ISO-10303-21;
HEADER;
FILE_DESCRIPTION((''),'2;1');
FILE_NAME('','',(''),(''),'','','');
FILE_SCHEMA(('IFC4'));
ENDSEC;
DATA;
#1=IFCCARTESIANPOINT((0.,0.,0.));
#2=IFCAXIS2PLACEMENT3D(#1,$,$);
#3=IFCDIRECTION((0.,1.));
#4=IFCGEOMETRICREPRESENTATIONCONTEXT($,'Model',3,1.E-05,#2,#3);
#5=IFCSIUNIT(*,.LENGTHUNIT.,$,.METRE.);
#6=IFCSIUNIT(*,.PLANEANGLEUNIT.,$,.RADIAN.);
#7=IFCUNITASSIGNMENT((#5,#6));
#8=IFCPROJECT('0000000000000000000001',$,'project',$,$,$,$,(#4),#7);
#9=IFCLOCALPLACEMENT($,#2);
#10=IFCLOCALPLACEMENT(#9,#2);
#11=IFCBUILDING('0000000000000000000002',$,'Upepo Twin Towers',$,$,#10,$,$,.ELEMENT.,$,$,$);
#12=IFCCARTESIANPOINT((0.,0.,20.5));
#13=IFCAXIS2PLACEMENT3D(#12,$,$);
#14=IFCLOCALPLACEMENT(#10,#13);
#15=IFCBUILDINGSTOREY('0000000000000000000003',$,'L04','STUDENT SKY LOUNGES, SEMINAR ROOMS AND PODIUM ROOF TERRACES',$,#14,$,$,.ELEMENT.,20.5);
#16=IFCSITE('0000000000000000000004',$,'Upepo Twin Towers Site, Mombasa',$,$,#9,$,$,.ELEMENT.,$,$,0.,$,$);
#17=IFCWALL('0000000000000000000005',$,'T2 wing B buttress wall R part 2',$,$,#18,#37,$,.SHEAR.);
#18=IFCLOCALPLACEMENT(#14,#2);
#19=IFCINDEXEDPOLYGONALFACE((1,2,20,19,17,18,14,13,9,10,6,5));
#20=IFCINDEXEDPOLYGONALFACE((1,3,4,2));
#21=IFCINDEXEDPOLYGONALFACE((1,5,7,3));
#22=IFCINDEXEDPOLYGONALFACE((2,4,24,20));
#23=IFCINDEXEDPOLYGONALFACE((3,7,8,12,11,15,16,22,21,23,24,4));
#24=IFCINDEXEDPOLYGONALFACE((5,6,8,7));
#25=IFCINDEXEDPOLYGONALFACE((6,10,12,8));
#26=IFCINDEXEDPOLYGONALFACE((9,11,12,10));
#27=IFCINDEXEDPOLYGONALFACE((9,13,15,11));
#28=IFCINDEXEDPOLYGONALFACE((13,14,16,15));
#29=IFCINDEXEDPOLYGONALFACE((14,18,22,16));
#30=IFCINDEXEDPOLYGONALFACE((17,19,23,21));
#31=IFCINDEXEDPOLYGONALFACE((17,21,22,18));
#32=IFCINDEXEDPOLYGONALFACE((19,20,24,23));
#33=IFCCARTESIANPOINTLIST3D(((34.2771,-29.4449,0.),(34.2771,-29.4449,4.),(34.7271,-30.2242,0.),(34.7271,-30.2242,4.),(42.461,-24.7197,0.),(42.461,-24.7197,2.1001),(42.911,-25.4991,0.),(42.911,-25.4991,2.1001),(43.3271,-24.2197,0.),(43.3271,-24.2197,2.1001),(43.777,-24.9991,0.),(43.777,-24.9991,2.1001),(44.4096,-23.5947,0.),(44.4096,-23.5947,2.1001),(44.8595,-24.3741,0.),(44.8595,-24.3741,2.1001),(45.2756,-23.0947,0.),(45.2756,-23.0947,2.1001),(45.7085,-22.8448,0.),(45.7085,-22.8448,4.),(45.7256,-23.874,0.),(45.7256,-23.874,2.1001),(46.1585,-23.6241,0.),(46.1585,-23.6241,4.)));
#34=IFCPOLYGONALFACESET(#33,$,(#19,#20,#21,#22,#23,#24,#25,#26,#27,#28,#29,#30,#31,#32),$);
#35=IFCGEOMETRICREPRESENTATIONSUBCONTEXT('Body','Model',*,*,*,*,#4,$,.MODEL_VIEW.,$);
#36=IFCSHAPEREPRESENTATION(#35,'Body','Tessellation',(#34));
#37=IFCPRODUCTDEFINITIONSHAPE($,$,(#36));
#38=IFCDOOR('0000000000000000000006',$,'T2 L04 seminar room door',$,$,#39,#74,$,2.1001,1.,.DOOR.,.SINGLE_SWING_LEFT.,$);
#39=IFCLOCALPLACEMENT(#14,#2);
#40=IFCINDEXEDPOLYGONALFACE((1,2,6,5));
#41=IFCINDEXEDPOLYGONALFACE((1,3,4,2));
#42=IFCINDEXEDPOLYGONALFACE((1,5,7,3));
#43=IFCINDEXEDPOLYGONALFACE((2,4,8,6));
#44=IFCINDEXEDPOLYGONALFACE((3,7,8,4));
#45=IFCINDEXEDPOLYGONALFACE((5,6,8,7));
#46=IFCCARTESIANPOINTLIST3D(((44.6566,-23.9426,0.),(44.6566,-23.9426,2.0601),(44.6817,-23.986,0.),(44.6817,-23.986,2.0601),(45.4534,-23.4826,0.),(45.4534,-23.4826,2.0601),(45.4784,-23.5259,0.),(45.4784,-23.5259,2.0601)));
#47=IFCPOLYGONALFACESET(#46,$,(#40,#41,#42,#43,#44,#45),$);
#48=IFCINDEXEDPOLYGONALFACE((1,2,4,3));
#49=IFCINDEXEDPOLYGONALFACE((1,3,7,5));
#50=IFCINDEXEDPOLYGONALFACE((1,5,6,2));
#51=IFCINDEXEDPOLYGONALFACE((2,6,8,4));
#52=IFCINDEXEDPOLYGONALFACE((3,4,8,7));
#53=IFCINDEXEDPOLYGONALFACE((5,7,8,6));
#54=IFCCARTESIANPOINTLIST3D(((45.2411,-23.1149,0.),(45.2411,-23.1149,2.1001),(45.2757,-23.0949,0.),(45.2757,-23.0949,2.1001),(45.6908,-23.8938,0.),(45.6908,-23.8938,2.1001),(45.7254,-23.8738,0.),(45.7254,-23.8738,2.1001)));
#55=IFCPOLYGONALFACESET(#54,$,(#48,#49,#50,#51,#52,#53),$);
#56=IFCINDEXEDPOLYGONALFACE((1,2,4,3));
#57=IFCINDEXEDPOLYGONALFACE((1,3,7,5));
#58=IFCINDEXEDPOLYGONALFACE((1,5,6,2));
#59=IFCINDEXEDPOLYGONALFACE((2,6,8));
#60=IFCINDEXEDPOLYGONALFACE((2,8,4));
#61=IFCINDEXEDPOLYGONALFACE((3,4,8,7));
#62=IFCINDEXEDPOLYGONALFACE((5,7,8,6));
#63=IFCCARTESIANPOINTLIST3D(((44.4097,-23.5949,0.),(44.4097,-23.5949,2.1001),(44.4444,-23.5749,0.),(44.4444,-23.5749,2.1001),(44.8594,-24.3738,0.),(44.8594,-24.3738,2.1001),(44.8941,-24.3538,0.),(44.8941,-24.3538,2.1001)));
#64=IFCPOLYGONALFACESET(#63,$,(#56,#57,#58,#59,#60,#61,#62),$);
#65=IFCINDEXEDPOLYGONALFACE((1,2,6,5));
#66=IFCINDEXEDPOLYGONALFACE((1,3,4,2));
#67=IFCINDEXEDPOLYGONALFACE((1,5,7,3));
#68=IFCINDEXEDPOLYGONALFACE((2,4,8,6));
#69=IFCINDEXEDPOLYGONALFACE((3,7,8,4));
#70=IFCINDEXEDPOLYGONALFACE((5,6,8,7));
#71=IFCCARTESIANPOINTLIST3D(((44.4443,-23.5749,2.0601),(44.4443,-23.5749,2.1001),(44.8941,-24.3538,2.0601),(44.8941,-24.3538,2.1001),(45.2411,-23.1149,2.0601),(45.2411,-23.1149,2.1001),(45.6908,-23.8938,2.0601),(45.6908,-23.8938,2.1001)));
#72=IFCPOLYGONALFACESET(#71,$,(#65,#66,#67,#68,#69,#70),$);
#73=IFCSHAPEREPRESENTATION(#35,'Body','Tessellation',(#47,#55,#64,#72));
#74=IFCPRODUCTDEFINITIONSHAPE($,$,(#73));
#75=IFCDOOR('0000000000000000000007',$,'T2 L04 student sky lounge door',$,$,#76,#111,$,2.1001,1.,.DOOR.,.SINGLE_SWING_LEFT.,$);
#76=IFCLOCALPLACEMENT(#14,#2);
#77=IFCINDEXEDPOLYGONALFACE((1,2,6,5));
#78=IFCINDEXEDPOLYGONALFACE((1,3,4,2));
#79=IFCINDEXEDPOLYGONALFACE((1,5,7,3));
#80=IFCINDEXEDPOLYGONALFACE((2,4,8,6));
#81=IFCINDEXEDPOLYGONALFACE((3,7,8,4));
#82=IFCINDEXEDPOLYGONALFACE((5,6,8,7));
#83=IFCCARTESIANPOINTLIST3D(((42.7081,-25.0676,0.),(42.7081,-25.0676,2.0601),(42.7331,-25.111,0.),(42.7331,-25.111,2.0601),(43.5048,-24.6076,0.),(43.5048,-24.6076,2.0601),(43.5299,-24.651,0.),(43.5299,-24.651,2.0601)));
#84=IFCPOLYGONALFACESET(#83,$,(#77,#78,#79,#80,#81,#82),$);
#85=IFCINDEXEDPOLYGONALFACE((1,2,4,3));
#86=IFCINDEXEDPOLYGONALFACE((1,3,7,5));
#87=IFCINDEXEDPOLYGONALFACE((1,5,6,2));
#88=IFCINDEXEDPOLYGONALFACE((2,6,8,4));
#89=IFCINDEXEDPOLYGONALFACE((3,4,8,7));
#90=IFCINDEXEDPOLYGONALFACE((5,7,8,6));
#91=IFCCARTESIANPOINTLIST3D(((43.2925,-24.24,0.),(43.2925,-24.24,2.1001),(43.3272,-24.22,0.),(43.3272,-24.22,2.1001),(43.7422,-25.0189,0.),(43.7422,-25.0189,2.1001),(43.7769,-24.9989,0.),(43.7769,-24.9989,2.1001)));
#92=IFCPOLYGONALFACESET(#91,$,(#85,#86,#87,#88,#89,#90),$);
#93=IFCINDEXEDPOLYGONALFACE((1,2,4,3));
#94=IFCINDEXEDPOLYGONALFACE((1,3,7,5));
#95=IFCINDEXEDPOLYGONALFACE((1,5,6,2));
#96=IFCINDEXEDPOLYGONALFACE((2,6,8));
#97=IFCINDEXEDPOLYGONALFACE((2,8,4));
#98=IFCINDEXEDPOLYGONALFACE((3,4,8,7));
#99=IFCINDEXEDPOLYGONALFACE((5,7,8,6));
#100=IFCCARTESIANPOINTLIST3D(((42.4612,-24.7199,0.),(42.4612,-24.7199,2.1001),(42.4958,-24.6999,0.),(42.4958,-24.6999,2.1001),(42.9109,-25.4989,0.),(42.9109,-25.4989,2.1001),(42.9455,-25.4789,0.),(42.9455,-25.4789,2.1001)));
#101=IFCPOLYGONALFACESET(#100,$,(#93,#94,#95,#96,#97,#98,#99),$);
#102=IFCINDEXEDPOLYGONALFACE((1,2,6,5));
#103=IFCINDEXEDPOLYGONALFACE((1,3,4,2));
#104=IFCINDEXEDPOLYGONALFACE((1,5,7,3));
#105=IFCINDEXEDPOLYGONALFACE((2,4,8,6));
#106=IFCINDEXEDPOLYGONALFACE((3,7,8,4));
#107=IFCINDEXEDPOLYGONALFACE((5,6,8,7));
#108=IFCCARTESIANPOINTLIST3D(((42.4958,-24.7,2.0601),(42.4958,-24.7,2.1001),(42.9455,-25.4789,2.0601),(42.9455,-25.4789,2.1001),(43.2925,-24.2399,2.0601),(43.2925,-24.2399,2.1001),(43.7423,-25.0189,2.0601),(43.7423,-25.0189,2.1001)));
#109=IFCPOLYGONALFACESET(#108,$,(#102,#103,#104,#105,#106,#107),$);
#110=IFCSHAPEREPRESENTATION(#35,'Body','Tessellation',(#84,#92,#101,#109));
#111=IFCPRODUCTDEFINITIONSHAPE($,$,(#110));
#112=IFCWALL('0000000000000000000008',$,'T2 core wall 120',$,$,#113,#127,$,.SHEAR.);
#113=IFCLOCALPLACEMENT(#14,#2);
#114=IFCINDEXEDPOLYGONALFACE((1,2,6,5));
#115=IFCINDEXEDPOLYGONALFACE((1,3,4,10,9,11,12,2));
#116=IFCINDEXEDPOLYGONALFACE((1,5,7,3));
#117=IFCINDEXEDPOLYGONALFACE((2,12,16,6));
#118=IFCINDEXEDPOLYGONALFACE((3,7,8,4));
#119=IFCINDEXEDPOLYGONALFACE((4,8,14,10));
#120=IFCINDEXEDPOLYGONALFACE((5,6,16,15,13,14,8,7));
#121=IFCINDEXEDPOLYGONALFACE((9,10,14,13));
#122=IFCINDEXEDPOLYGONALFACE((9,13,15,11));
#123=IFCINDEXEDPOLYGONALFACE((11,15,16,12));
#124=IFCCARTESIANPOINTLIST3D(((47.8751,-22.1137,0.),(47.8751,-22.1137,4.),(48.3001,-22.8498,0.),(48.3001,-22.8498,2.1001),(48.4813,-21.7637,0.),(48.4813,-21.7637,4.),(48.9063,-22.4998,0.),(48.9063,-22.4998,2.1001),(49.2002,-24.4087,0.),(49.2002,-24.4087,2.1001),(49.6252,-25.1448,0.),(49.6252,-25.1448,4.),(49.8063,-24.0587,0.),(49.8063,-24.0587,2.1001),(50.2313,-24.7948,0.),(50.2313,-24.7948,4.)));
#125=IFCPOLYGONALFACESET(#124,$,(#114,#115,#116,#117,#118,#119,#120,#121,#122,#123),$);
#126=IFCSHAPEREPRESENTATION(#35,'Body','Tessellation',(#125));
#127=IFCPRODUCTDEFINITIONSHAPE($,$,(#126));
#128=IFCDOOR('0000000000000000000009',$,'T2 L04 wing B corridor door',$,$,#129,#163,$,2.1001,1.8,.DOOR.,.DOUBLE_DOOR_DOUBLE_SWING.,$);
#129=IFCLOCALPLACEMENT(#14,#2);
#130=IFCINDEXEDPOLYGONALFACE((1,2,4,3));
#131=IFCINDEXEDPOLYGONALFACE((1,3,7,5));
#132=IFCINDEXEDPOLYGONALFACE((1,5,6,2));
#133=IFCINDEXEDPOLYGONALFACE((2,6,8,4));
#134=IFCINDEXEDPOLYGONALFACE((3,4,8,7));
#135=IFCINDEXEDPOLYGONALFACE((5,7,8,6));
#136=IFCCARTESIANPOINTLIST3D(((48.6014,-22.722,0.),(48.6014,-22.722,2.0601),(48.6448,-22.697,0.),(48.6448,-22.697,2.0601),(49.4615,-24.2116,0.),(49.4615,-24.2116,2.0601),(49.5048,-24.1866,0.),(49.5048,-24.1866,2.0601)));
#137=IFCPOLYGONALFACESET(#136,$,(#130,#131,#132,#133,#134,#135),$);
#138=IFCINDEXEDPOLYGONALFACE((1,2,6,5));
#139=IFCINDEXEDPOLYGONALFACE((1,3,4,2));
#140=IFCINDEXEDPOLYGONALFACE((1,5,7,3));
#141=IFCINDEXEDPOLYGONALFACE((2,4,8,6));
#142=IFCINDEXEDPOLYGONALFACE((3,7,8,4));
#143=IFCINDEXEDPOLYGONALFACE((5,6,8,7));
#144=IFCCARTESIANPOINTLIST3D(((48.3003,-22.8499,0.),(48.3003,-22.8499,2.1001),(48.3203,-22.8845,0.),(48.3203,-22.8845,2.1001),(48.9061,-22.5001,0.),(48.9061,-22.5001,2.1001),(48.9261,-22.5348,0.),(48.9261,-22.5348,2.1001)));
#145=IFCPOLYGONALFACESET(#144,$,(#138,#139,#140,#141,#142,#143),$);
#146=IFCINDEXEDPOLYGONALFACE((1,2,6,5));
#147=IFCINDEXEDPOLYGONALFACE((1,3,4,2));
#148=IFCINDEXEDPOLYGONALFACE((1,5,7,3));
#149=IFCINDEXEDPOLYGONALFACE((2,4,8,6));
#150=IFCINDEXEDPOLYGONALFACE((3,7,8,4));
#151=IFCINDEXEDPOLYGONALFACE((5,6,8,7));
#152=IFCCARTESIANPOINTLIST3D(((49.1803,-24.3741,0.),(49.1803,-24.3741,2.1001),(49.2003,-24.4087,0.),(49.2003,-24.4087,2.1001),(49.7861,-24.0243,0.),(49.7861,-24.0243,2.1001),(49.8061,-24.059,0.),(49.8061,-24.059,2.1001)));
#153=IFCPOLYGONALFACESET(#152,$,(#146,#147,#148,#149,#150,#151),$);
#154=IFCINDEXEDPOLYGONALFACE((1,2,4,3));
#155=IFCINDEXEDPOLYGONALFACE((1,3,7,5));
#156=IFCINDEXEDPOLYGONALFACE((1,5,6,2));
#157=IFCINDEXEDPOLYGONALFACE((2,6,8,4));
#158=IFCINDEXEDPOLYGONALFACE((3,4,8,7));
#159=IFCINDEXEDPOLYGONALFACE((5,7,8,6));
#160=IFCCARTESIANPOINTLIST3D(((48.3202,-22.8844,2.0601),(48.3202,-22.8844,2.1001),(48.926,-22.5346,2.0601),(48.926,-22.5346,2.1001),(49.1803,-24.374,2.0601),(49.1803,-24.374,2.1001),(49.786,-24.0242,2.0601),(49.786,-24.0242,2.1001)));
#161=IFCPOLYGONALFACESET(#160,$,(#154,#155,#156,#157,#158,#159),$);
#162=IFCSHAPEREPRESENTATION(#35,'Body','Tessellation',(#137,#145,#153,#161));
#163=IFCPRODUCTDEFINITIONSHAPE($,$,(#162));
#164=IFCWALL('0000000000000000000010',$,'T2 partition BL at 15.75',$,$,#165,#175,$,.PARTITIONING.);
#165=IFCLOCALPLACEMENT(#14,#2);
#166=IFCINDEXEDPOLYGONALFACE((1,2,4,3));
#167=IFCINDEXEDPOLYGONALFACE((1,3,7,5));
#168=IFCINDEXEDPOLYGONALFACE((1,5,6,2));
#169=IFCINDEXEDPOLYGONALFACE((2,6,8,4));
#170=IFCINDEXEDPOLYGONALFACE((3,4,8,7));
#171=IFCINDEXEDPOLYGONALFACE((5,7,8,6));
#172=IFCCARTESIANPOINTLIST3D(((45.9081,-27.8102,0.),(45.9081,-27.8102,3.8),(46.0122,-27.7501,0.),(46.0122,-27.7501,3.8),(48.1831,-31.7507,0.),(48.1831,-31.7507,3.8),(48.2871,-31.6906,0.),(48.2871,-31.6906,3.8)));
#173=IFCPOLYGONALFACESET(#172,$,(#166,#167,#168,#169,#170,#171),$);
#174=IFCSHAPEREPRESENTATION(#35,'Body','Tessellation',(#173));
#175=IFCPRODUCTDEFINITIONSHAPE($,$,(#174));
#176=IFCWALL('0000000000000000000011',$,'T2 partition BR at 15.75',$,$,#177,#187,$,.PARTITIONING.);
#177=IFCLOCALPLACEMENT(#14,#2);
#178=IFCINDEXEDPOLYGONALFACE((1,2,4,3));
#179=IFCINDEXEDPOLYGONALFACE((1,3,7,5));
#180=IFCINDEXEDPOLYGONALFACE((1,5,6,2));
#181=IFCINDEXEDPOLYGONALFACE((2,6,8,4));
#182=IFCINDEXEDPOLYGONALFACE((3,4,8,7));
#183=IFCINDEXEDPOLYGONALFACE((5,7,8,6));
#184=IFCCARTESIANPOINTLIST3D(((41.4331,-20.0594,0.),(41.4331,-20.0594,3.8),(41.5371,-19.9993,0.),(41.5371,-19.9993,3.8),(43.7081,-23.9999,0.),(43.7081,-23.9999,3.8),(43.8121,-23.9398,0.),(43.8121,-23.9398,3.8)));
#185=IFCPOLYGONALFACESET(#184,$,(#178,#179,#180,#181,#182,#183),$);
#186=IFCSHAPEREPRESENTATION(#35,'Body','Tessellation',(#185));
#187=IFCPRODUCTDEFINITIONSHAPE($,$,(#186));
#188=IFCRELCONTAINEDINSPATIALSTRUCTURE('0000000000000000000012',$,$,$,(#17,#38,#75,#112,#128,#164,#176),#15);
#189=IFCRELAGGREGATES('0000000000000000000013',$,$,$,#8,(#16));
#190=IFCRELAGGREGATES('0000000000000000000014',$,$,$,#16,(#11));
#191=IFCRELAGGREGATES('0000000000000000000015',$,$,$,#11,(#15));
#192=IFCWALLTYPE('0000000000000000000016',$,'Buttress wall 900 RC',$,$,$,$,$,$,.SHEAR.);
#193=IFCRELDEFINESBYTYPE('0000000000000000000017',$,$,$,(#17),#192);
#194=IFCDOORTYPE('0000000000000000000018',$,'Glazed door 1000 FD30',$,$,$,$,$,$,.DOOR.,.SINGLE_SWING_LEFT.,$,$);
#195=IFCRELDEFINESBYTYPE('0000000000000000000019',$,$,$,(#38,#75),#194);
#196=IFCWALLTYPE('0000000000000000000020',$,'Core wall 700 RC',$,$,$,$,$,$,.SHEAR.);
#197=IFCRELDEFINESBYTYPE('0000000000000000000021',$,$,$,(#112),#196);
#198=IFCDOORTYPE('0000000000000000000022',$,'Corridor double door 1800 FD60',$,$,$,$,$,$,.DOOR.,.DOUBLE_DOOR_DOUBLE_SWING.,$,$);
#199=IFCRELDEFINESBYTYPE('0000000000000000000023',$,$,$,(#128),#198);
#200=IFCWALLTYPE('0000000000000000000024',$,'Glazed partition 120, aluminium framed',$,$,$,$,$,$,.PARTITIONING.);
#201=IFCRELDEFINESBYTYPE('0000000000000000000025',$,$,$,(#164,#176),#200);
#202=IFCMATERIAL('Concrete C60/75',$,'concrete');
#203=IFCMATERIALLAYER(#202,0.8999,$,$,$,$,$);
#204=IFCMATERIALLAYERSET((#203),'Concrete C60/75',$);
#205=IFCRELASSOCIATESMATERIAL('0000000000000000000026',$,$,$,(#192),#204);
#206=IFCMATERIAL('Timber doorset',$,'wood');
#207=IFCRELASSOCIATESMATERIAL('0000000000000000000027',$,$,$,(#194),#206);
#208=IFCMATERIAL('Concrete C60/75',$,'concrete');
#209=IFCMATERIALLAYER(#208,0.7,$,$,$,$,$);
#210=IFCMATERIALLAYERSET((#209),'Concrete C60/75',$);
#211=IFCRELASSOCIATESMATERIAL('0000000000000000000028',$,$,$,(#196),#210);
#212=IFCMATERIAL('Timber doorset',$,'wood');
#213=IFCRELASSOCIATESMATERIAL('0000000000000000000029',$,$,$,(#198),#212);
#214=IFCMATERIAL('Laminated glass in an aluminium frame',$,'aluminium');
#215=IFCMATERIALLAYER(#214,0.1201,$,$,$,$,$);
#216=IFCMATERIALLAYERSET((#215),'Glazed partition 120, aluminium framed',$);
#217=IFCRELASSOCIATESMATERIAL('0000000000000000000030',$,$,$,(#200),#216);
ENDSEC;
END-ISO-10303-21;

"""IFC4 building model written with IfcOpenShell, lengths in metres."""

from ifc_helpers import new_model, si_unit, direction, frame, frame_2d, origin, place, context, subcontext, project, spatial, rectangle, extrude, material, layer, layer_set, type_object, element, fill, save


model = new_model("IFC4")

# Units and contexts
model_context = context("Model", 3, precision=1e-05, world=origin(), true_north=direction((0.0, 1.0)))
body_context = subcontext(model_context, "Body", "Model", "MODEL_VIEW")
ifc_project = project(units=[si_unit("LENGTHUNIT", "METRE"), si_unit("PLANEANGLEUNIT", "RADIAN")], contexts=[model_context])

# Site, building, storey
site_placement = place(None, origin())
site = spatial("IfcSite", under=ifc_project, at=site_placement, Name="Upepo Twin Towers Site, Mombasa", CompositionType="ELEMENT", RefElevation=0.0)
building_placement = place(site_placement, origin())
building = spatial("IfcBuilding", under=site, at=building_placement, Name="Upepo Twin Towers", CompositionType="ELEMENT")
storey_placement = place(building_placement, frame((0.0, 0.0, 20.5)))
storey = spatial("IfcBuildingStorey", under=building, at=storey_placement, Name="L04", Description="STUDENT SKY LOUNGES, SEMINAR ROOMS AND PODIUM ROOF TERRACES", CompositionType="ELEMENT", Elevation=20.5)

# Wall, openings, doors
ifc_material_1 = material(Name="Concrete C60/75", Category="concrete")
ifc_layer_1 = layer(ifc_material_1, 0.8999)
ifc_layer_set_1 = layer_set([ifc_layer_1], Name="Concrete C60/75")
wall_type_1 = type_object("IfcWallType", Name="Buttress wall 900 RC", PredefinedType="SHEAR", material=ifc_layer_set_1)
ifc_material_2 = material(Name="Timber doorset", Category="wood")
door_type_1 = type_object("IfcDoorType", Name="Glazed door 1000 FD30", OperationType="SINGLE_SWING_LEFT", PredefinedType="DOOR", material=ifc_material_2)
wall_1_placement = place(storey_placement, frame((45.9336, -23.2344, 0.0), z_axis=(0.0, 0.0, 1.0), x_axis=(-0.86602, -0.50001, 0.0)))
wall_1 = element("IfcWall", 1, at=wall_1_placement, inside=storey, type_object=wall_type_1, Name="T2 wing B buttress wall R part 2", PredefinedType="SHEAR", context=body_context, shape_type="SweptSolid", body=[
    extrude(rectangle(XDim=13.2, YDim=0.8999, at=frame_2d((6.6001, 0.0))), origin(), (0.0, 0.0, 1.0), 4.0),
])
opening_1_placement = place(wall_1_placement, frame((0.5, 0.0, 0.0)))
opening_1 = element("IfcOpeningElement", 2, at=opening_1_placement, cuts=wall_1, PredefinedType="OPENING", context=body_context, shape_type="SweptSolid", body=[
    extrude(rectangle(XDim=1.0, YDim=2.1001, at=frame_2d((0.5, 1.05))), frame((0.0, 0.46, 0.0), z_axis=(0.0, -1.0, 0.0), x_axis=(1.0, 0.0, 0.0)), (0.0, 0.0, 1.0), 0.9199),
])
opening_2_placement = place(wall_1_placement, frame((2.75, 0.0, 0.0)))
opening_2 = element("IfcOpeningElement", 3, at=opening_2_placement, cuts=wall_1, PredefinedType="OPENING", context=body_context, shape_type="SweptSolid", body=[
    extrude(rectangle(XDim=1.0, YDim=2.1001, at=frame_2d((0.5, 1.05))), frame((0.0, 0.46, 0.0), z_axis=(0.0, -1.0, 0.0), x_axis=(1.0, 0.0, 0.0)), (0.0, 0.0, 1.0), 0.9199),
])
door_1_placement = place(opening_1_placement, origin())
door_1 = element("IfcDoor", 4, at=door_1_placement, inside=storey, type_object=door_type_1, Name="T2 L04 seminar room door", OperationType="SINGLE_SWING_LEFT", OverallHeight=2.1001, OverallWidth=1.0, PredefinedType="DOOR", context=body_context, shape_type="SweptSolid", body=[
    extrude(rectangle(XDim=0.92, YDim=2.0601, at=frame_2d((0.5, 1.03))), frame((0.0, 0.0249, 0.0), z_axis=(0.0, -1.0, 0.0), x_axis=(1.0, 0.0, 0.0)), (0.0, 0.0, 1.0), 0.05),
    extrude(rectangle(XDim=0.04, YDim=2.1001, at=frame_2d((0.02, 1.05))), frame((0.0, 0.4497, 0.0), z_axis=(0.0, -1.0, 0.0), x_axis=(1.0, 0.0, 0.0)), (0.0, 0.0, 1.0), 0.8994),
    extrude(rectangle(XDim=0.04, YDim=2.1001, at=frame_2d((0.98, 1.05))), frame((0.0, 0.4497, 0.0), z_axis=(0.0, -1.0, 0.0), x_axis=(1.0, 0.0, 0.0)), (0.0, 0.0, 1.0), 0.8994),
    extrude(rectangle(XDim=0.92, YDim=0.04, at=frame_2d((0.5, 2.0801))), frame((0.0, 0.4497, 0.0), z_axis=(0.0, -1.0, 0.0), x_axis=(1.0, 0.0, 0.0)), (0.0, 0.0, 1.0), 0.8994),
])
fill(opening_1, door_1)
door_2_placement = place(opening_2_placement, origin())
door_2 = element("IfcDoor", 5, at=door_2_placement, inside=storey, type_object=door_type_1, Name="T2 L04 student sky lounge door", OperationType="SINGLE_SWING_LEFT", OverallHeight=2.1001, OverallWidth=1.0, PredefinedType="DOOR", context=body_context, shape_type="SweptSolid", body=[
    extrude(rectangle(XDim=0.92, YDim=2.0601, at=frame_2d((0.5, 1.03))), frame((0.0, 0.0249, 0.0), z_axis=(0.0, -1.0, 0.0), x_axis=(1.0, 0.0, 0.0)), (0.0, 0.0, 1.0), 0.05),
    extrude(rectangle(XDim=0.04, YDim=2.1001, at=frame_2d((0.02, 1.05))), frame((0.0, 0.4497, 0.0), z_axis=(0.0, -1.0, 0.0), x_axis=(1.0, 0.0, 0.0)), (0.0, 0.0, 1.0), 0.8994),
    extrude(rectangle(XDim=0.04, YDim=2.1001, at=frame_2d((0.98, 1.05))), frame((0.0, 0.4497, 0.0), z_axis=(0.0, -1.0, 0.0), x_axis=(1.0, 0.0, 0.0)), (0.0, 0.0, 1.0), 0.8994),
    extrude(rectangle(XDim=0.92, YDim=0.04, at=frame_2d((0.5, 2.0801))), frame((0.0, 0.4497, 0.0), z_axis=(0.0, -1.0, 0.0), x_axis=(1.0, 0.0, 0.0)), (0.0, 0.0, 1.0), 0.8994),
])
fill(opening_2, door_2)

# Wall, opening, door
ifc_material_3 = material(Name="Concrete C60/75", Category="concrete")
ifc_layer_2 = layer(ifc_material_3, 0.7)
ifc_layer_set_2 = layer_set([ifc_layer_2], Name="Concrete C60/75")
wall_type_2 = type_object("IfcWallType", Name="Core wall 700 RC", PredefinedType="SHEAR", material=ifc_layer_set_2)
wall_2_placement = place(storey_placement, frame((48.1782, -21.9387, 0.0), z_axis=(0.0, 0.0, 1.0), x_axis=(0.50001, -0.866019, 0.0)))
wall_2 = element("IfcWall", 6, at=wall_2_placement, inside=storey, type_object=wall_type_2, Name="T2 core wall 120", PredefinedType="SHEAR", context=body_context, shape_type="SweptSolid", body=[
    extrude(rectangle(XDim=3.5, YDim=0.7, at=frame_2d((1.75, 0.0))), origin(), (0.0, 0.0, 1.0), 4.0),
])
opening_3_placement = place(wall_2_placement, frame((0.8501, 0.0, 0.0)))
opening_3 = element("IfcOpeningElement", 7, at=opening_3_placement, cuts=wall_2, PredefinedType="OPENING", context=body_context, shape_type="SweptSolid", body=[
    extrude(rectangle(XDim=1.8, YDim=2.1001, at=frame_2d((0.8999, 1.05))), frame((0.0, 0.3599, 0.0), z_axis=(0.0, -1.0, 0.0), x_axis=(1.0, 0.0, 0.0)), (0.0, 0.0, 1.0), 0.72),
])
ifc_material_4 = material(Name="Timber doorset", Category="wood")
door_type_2 = type_object("IfcDoorType", Name="Corridor double door 1800 FD60", OperationType="DOUBLE_DOOR_DOUBLE_SWING", PredefinedType="DOOR", material=ifc_material_4)
door_3_placement = place(opening_3_placement, origin())
door_3 = element("IfcDoor", 8, at=door_3_placement, inside=storey, type_object=door_type_2, Name="T2 L04 wing B corridor door", OperationType="DOUBLE_DOOR_DOUBLE_SWING", OverallHeight=2.1001, OverallWidth=1.8, PredefinedType="DOOR", context=body_context, shape_type="SweptSolid", body=[
    extrude(rectangle(XDim=1.72, YDim=2.0601, at=frame_2d((0.8999, 1.03))), frame((0.0, 0.0249, 0.0), z_axis=(0.0, -1.0, 0.0), x_axis=(1.0, 0.0, 0.0)), (0.0, 0.0, 1.0), 0.05),
    extrude(rectangle(XDim=0.04, YDim=2.1001, at=frame_2d((0.02, 1.05))), frame((0.0, 0.3496, 0.0), z_axis=(0.0, -1.0, 0.0), x_axis=(1.0, 0.0, 0.0)), (0.0, 0.0, 1.0), 0.6995),
    extrude(rectangle(XDim=0.04, YDim=2.1001, at=frame_2d((1.78, 1.05))), frame((0.0, 0.3496, 0.0), z_axis=(0.0, -1.0, 0.0), x_axis=(1.0, 0.0, 0.0)), (0.0, 0.0, 1.0), 0.6995),
    extrude(rectangle(XDim=1.72, YDim=0.04, at=frame_2d((0.8999, 2.0801))), frame((0.0, 0.3496, 0.0), z_axis=(0.0, -1.0, 0.0), x_axis=(1.0, 0.0, 0.0)), (0.0, 0.0, 1.0), 0.6995),
])
fill(opening_3, door_3)

# Walls
ifc_material_5 = material(Name="Laminated glass in an aluminium frame", Category="aluminium")
ifc_layer_3 = layer(ifc_material_5, 0.1201)
ifc_layer_set_3 = layer_set([ifc_layer_3], Name="Glazed partition 120, aluminium framed")
wall_type_3 = type_object("IfcWallType", Name="Glazed partition 120, aluminium framed", PredefinedType="PARTITIONING", material=ifc_layer_set_3)
for number, where, z_axis, x_axis, name in (
    (9, (45.9602, -27.7803, 0.0), (0.0, 0.0, 1.0), (0.499983, -0.866035, 0.0), "T2 partition BL at 15.75"),
    (10, (43.76, -23.9697, 0.0), (0.0, 0.0, 1.0), (-0.499983, 0.866035, 0.0), "T2 partition BR at 15.75"),
):
    element("IfcWall", number, at=place(storey_placement, frame(where, z_axis=z_axis, x_axis=x_axis)), inside=storey, type_object=wall_type_3, Name=name, PredefinedType="PARTITIONING", context=body_context, shape_type="SweptSolid", body=[
        extrude(rectangle(XDim=4.55, YDim=0.1201, at=frame_2d((2.2749, 0.0))), origin(), (0.0, 0.0, 1.0), 3.8),
    ])

save(model, "model.ifc")
